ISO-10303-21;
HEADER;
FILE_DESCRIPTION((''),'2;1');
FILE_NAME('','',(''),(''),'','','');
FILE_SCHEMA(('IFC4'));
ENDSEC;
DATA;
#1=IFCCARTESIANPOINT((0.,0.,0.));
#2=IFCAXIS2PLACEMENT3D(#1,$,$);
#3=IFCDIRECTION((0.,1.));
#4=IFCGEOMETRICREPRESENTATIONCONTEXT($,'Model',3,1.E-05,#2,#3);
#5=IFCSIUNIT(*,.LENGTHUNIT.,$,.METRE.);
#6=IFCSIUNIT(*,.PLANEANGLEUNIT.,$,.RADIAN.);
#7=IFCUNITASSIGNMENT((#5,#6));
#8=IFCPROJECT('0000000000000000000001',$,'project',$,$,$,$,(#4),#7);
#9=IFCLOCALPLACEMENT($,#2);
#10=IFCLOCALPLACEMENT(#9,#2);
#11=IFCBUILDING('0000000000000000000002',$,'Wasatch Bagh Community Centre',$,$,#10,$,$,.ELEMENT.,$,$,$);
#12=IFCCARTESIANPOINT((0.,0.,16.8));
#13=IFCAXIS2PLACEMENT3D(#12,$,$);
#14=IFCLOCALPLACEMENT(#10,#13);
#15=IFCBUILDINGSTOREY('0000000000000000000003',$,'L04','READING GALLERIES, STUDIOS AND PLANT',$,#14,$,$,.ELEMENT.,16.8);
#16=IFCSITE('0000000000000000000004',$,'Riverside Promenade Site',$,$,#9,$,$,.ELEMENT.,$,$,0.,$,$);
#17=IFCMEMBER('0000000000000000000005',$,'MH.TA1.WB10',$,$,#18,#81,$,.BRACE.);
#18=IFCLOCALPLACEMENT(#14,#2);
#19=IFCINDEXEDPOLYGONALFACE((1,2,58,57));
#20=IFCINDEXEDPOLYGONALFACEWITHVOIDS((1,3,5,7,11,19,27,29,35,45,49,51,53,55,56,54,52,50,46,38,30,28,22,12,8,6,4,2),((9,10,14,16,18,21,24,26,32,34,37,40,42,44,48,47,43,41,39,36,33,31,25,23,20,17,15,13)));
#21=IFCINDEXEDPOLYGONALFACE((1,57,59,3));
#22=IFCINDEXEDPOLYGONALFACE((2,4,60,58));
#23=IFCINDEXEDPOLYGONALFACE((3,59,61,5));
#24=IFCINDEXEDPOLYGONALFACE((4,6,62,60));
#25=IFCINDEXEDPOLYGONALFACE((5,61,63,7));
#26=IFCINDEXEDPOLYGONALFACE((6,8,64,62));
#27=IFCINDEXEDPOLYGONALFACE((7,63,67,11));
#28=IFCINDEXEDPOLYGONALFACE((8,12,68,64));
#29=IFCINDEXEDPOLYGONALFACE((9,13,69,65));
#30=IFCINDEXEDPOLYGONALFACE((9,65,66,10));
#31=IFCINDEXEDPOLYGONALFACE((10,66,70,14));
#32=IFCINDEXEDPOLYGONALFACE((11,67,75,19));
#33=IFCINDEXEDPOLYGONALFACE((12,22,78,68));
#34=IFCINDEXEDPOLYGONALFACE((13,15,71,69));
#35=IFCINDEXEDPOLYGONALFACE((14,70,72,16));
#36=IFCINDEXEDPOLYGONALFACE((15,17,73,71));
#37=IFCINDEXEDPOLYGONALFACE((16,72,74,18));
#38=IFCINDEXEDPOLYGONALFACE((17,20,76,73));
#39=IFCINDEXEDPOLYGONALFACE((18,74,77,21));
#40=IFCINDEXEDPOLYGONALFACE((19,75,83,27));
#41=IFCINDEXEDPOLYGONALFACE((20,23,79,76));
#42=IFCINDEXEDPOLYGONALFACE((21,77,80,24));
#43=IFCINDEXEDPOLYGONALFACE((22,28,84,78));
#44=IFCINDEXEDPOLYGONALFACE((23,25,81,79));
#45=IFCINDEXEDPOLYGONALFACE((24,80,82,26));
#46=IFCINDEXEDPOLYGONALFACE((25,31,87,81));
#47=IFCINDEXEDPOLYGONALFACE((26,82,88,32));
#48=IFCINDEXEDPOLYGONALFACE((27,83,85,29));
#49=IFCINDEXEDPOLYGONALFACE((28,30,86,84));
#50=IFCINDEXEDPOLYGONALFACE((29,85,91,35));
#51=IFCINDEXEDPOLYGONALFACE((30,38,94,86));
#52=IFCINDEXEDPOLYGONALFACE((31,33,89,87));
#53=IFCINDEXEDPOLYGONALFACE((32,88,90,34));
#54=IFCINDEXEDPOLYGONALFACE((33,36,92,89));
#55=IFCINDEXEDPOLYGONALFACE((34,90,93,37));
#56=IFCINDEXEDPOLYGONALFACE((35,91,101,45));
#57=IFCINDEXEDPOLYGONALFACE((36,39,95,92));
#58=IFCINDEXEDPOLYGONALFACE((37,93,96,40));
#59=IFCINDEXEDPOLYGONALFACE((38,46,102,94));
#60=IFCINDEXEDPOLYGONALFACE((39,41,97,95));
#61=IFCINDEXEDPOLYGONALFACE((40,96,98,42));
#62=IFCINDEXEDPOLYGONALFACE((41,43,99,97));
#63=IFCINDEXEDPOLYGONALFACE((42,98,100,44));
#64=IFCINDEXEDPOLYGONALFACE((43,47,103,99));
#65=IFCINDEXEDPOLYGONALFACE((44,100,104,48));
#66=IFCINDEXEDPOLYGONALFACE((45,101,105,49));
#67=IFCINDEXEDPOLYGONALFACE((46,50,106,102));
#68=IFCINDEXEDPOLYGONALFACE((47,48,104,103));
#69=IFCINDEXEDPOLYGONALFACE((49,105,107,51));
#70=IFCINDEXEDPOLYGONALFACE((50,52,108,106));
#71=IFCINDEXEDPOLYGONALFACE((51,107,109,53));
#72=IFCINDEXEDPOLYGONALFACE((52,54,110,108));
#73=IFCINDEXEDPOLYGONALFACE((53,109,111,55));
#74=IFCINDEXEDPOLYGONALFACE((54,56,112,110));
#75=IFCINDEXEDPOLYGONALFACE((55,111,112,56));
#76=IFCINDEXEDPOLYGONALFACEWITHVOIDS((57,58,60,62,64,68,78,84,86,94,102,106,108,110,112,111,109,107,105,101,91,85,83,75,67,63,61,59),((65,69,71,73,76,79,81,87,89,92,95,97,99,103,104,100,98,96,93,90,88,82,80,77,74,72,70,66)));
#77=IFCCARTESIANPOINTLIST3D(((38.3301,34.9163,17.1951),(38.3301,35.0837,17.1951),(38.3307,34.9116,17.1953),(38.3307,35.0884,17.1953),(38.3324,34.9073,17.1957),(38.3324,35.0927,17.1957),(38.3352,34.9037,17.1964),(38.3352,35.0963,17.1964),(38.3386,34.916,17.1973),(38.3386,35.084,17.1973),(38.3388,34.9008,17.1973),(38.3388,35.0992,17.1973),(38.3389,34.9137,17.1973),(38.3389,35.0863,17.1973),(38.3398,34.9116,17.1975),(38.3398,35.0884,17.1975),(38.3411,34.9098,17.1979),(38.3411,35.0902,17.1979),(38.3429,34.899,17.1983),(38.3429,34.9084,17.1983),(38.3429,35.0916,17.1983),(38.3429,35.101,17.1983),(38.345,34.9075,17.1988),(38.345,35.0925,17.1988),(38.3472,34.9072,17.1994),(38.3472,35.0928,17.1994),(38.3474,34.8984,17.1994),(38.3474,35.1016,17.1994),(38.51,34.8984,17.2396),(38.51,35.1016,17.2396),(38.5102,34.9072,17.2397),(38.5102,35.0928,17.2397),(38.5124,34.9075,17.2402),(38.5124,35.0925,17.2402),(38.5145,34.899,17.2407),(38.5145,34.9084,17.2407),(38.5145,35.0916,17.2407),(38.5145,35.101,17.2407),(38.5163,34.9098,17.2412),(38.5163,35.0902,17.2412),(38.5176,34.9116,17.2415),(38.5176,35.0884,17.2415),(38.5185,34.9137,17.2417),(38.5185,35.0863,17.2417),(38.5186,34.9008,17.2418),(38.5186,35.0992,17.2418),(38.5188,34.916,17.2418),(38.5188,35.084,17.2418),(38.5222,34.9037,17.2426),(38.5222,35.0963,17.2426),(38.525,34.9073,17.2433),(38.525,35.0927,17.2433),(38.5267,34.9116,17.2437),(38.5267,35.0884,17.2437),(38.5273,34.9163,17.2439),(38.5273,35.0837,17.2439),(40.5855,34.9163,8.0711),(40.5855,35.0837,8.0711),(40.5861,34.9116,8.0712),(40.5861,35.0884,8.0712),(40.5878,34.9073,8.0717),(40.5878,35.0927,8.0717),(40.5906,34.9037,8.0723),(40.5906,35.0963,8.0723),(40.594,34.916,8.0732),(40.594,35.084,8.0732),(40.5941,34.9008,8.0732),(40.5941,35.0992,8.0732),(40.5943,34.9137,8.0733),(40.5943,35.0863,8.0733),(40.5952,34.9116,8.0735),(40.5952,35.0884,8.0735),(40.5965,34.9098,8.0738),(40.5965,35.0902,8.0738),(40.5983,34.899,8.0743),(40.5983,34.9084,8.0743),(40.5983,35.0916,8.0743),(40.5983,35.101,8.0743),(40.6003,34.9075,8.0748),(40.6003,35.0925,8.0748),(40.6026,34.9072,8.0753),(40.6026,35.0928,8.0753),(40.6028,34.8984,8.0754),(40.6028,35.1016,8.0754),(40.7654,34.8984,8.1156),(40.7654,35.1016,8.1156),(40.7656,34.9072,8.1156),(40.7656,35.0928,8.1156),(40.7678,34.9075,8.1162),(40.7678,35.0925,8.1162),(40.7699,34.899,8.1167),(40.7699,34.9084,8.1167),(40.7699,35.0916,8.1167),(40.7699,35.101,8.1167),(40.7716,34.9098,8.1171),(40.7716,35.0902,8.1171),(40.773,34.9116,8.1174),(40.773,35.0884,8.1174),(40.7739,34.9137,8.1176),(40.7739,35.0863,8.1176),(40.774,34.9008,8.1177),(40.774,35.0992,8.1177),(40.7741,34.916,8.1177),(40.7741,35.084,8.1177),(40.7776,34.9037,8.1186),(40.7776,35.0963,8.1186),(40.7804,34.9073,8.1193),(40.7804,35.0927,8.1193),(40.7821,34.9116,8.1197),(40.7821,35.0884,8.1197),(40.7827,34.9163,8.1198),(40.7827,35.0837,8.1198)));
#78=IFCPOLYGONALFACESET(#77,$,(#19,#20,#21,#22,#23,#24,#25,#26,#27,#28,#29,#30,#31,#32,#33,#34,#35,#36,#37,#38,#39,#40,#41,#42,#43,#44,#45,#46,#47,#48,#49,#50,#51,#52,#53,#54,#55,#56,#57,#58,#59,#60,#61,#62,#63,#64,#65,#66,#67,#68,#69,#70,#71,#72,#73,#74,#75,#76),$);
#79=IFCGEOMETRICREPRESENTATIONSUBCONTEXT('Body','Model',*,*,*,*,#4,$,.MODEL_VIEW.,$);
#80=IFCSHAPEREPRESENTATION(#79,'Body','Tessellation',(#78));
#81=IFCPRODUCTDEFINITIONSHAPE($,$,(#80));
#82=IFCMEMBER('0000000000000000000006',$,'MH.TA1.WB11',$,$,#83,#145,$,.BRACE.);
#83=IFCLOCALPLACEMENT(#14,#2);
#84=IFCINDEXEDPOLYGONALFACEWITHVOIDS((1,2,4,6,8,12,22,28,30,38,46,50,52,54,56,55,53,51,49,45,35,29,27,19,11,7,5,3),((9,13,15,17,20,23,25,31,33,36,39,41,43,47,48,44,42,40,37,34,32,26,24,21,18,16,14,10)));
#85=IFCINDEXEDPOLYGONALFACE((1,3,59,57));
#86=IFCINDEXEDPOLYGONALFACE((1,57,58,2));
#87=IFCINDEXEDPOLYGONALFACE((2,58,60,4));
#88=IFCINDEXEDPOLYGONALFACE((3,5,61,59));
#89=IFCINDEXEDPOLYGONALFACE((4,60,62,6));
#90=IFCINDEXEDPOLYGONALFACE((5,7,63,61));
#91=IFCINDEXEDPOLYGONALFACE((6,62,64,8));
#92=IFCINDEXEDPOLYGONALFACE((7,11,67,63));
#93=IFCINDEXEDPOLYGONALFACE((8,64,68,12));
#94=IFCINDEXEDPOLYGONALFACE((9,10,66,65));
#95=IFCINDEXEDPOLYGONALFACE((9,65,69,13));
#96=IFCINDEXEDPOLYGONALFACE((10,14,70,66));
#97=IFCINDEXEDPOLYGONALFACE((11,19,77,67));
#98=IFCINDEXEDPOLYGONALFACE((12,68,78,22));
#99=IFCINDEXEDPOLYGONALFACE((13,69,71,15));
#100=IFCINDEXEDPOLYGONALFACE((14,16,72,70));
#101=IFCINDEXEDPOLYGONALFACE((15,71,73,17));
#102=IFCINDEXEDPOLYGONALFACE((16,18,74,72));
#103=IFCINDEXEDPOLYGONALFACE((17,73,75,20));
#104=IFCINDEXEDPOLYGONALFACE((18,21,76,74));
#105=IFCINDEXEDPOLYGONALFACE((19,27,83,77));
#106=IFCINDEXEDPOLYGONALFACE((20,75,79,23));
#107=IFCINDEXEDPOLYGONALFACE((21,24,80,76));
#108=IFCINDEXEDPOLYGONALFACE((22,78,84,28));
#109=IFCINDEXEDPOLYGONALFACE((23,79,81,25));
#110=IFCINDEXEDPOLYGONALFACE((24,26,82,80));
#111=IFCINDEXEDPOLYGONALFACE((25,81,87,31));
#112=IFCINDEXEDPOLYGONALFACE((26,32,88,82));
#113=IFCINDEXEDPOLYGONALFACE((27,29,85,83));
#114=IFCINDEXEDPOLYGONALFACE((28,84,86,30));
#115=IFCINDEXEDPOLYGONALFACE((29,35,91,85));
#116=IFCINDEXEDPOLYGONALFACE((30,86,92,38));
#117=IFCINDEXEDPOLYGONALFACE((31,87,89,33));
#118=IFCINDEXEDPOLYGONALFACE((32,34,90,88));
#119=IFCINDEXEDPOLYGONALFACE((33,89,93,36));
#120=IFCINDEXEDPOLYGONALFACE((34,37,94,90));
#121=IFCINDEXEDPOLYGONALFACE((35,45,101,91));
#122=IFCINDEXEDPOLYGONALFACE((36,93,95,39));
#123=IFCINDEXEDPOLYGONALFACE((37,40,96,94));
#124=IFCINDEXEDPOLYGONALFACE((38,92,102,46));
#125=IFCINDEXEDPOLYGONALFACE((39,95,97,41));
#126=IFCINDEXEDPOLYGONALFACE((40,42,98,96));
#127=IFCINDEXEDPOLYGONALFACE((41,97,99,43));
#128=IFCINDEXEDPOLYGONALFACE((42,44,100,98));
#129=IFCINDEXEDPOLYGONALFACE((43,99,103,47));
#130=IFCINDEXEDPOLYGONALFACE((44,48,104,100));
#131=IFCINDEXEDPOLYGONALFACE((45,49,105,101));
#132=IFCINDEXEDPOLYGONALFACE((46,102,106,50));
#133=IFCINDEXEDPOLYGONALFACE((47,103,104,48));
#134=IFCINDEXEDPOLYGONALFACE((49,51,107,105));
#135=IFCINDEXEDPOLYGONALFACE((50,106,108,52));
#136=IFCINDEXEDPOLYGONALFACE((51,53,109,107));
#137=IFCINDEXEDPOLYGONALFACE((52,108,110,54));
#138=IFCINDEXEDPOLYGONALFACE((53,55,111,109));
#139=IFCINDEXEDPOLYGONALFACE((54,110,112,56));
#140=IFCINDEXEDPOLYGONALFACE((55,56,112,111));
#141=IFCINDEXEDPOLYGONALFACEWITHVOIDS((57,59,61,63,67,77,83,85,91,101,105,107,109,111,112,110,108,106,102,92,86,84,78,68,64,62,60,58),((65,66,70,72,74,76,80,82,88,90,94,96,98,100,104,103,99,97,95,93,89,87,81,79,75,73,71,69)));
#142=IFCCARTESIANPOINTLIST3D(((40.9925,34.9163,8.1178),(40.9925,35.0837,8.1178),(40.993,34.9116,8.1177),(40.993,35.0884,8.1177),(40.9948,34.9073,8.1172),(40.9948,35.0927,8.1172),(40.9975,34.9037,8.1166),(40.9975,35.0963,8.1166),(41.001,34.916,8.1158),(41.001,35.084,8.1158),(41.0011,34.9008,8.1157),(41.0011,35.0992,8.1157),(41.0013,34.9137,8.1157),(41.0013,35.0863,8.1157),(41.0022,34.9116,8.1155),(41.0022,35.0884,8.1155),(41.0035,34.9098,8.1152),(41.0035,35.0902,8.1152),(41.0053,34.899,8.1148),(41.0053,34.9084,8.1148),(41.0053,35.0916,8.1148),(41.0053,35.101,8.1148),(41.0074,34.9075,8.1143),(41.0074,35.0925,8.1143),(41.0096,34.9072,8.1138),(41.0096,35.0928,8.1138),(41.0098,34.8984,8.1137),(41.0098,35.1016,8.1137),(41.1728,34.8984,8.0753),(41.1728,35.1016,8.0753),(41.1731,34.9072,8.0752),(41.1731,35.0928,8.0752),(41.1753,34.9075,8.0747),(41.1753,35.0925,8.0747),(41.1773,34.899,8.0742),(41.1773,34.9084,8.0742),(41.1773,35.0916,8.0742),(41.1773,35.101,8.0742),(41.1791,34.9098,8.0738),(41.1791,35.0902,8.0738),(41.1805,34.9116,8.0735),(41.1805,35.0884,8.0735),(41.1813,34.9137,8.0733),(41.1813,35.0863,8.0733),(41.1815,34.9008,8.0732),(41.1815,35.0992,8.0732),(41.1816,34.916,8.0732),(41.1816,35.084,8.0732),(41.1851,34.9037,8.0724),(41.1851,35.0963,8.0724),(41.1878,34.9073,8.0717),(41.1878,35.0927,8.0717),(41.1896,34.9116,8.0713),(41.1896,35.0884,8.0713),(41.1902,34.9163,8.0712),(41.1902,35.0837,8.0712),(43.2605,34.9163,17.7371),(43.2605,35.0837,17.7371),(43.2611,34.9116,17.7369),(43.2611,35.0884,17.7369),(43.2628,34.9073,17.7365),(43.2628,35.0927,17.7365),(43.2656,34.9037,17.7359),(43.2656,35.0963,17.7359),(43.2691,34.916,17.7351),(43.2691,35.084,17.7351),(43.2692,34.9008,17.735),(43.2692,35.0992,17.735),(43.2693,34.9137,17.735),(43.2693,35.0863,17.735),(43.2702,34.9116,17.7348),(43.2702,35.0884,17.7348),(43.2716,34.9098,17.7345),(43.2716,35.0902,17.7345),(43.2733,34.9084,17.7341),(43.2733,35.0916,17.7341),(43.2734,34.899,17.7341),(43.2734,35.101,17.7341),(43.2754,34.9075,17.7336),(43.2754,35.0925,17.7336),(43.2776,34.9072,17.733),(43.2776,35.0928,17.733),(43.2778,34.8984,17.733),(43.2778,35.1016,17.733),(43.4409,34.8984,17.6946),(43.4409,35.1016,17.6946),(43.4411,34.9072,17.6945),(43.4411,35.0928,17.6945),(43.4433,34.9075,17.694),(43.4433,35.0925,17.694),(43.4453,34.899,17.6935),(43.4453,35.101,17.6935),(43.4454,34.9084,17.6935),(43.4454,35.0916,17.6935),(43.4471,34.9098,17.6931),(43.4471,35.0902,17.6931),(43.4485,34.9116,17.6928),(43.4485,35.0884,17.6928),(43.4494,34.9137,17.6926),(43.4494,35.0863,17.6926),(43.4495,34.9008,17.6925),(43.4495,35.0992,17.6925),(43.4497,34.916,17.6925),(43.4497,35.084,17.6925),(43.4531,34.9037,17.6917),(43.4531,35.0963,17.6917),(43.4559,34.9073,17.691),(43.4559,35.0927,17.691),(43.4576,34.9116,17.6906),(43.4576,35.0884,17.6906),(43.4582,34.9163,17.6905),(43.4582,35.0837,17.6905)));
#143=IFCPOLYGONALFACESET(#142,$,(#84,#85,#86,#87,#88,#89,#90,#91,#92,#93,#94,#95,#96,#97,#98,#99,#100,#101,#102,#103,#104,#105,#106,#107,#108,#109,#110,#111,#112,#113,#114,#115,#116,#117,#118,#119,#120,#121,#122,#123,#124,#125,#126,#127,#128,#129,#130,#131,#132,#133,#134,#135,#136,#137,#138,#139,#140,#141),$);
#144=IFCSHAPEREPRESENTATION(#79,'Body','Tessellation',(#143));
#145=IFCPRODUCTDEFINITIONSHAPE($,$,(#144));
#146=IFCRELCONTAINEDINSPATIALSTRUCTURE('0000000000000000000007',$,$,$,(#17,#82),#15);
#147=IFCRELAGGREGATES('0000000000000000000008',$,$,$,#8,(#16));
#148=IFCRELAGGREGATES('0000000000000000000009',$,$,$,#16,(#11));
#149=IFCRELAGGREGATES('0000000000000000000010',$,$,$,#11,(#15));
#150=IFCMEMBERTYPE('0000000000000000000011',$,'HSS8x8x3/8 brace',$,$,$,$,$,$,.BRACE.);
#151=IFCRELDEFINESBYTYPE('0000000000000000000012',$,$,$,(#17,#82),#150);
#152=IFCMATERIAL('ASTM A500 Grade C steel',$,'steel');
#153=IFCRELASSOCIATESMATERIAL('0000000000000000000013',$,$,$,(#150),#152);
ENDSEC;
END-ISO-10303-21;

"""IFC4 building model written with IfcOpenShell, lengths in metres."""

from ifc_helpers import new_model, si_unit, direction, frame, origin, origin_2d, place, context, subcontext, project, spatial, hollow_rectangle, extrude, material, material_profile, profile_set, type_object, element, save


model = new_model("IFC4")

# Units and contexts
model_context = context("Model", 3, precision=1e-05, world=origin(), true_north=direction((0.0, 1.0)))
body_context = subcontext(model_context, "Body", "Model", "MODEL_VIEW")
ifc_project = project(units=[si_unit("LENGTHUNIT", "METRE"), si_unit("PLANEANGLEUNIT", "RADIAN")], contexts=[model_context])

# Site, building, storey
site_placement = place(None, origin())
site = spatial("IfcSite", under=ifc_project, at=site_placement, Name="Riverside Promenade Site", CompositionType="ELEMENT", RefElevation=0.0)
building_placement = place(site_placement, origin())
building = spatial("IfcBuilding", under=site, at=building_placement, Name="Wasatch Bagh Community Centre", CompositionType="ELEMENT")
storey_placement = place(building_placement, frame((0.0, 0.0, 16.8)))
storey = spatial("IfcBuildingStorey", under=building, at=storey_placement, Name="L04", Description="READING GALLERIES, STUDIOS AND PLANT", CompositionType="ELEMENT", Elevation=16.8)

# Members
ifc_material_1 = material(Name="ASTM A500 Grade C steel", Category="steel")
ifc_material_profile_1 = material_profile(ifc_material_1, hollow_rectangle(XDim=0.2031, YDim=0.2031, WallThickness=0.0088, InnerFilletRadius=0.0088, OuterFilletRadius=0.0178, at=origin_2d()), Name="HSS8x8x3/8")
ifc_profile_set_1 = profile_set([ifc_material_profile_1], Name="ASTM A500 Grade C steel")
member_type_1 = type_object("IfcMemberType", Name="HSS8x8x3/8 brace", PredefinedType="BRACE", material=ifc_profile_set_1)
member_1_placement = place(storey_placement, frame((40.6841, 35.0, 8.0955), z_axis=(-0.239968, 0.0, 0.970781), x_axis=(0.0, -1.0, 0.0)))
element("IfcMember", 1, at=member_1_placement, inside=storey, type_object=member_type_1, Name="MH.TA1.WB10", PredefinedType="BRACE", context=body_context, shape_type="SweptSolid", body=[
    extrude(hollow_rectangle(XDim=0.2031, YDim=0.2031, WallThickness=0.0088, InnerFilletRadius=0.0088, OuterFilletRadius=0.0178, at=origin_2d()), origin(), (0.0, 0.0, 1.0), 9.3987),
])
member_2_placement = place(storey_placement, frame((41.0913, 35.0, 8.0945), z_axis=(0.229488, 0.0, 0.973311), x_axis=(0.0, 1.0, 0.0)))
element("IfcMember", 2, at=member_2_placement, inside=storey, type_object=member_type_1, Name="MH.TA1.WB11", PredefinedType="BRACE", context=body_context, shape_type="SweptSolid", body=[
    extrude(hollow_rectangle(XDim=0.2031, YDim=0.2031, WallThickness=0.0088, InnerFilletRadius=0.0088, OuterFilletRadius=0.0178, at=origin_2d()), origin(), (0.0, 0.0, 1.0), 9.8831),
])

save(model, "model.ifc")
